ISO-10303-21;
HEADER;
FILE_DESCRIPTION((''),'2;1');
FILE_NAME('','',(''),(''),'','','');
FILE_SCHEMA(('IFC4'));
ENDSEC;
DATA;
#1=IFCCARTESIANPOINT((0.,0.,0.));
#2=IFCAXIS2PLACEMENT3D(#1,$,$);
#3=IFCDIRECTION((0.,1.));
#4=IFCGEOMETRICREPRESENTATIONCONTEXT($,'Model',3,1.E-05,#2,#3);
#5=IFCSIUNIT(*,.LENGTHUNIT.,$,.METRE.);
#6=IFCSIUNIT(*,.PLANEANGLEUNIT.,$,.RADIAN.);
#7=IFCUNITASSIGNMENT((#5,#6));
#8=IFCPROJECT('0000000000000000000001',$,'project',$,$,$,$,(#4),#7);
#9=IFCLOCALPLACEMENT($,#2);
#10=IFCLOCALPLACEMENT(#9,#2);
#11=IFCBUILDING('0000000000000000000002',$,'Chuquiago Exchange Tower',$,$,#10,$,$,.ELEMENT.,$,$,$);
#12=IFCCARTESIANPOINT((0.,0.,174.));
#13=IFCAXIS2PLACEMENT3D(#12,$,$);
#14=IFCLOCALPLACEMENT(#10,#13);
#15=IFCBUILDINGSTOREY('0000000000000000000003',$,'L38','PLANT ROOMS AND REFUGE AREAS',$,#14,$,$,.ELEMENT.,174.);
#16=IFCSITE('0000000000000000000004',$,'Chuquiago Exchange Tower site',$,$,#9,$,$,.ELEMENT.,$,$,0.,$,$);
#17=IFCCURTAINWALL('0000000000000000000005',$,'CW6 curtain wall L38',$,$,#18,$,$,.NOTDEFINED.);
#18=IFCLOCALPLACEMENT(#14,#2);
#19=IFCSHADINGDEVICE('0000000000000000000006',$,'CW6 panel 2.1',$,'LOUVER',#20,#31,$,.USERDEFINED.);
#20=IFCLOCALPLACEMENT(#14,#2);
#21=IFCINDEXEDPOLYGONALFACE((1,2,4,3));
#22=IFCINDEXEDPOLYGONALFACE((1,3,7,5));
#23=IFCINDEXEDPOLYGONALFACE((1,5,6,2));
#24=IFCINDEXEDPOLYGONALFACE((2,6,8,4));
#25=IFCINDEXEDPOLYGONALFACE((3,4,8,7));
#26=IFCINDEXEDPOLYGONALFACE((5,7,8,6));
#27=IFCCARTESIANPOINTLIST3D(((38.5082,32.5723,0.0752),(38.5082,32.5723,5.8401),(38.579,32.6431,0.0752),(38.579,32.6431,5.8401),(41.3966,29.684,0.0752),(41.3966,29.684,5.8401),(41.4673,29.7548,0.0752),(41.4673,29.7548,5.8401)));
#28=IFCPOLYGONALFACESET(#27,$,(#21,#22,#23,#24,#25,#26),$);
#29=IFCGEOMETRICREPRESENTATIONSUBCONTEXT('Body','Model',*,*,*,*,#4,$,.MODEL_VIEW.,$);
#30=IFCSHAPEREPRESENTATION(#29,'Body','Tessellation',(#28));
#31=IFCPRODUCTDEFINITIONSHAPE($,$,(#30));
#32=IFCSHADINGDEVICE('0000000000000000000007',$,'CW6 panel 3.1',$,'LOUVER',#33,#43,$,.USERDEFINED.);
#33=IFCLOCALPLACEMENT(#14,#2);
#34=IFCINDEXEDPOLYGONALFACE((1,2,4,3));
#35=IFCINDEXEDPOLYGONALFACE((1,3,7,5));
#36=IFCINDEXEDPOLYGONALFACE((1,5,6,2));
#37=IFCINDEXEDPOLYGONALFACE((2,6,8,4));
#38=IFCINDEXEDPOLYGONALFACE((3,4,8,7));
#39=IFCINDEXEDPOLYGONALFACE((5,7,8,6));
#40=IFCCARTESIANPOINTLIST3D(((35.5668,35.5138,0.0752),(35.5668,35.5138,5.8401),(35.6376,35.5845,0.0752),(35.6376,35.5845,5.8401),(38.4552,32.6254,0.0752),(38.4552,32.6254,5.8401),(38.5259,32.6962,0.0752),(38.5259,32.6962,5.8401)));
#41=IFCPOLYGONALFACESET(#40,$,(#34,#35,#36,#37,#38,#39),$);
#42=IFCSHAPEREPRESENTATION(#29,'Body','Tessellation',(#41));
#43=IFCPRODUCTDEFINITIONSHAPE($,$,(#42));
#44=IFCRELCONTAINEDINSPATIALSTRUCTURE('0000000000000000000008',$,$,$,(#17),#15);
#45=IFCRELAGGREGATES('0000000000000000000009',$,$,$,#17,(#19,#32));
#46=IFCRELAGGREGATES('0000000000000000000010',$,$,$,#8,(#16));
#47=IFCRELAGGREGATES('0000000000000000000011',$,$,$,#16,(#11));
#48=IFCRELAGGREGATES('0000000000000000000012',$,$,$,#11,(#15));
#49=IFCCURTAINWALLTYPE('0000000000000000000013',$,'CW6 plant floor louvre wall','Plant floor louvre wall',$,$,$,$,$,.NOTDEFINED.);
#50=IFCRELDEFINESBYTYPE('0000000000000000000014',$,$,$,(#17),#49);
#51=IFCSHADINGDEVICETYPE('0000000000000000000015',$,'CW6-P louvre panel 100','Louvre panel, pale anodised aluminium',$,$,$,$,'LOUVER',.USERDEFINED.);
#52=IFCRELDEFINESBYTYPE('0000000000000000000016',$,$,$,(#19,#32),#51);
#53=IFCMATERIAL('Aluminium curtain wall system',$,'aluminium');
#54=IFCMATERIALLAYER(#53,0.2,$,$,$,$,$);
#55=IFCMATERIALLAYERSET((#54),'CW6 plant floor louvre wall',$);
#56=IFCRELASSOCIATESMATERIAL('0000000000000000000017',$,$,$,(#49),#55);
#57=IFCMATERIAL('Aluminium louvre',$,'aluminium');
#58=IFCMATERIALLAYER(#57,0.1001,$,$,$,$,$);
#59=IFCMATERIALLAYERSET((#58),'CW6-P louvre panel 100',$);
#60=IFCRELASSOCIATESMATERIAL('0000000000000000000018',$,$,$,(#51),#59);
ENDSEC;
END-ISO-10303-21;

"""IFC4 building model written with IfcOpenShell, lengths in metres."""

from ifc_helpers import new_model, si_unit, direction, frame, origin, origin_2d, place, context, subcontext, project, spatial, rectangle, extrude, material, layer, layer_set, type_object, element, aggregate, save


model = new_model("IFC4")

# Units and contexts
model_context = context("Model", 3, precision=1e-05, world=origin(), true_north=direction((0.0, 1.0)))
body_context = subcontext(model_context, "Body", "Model", "MODEL_VIEW")
ifc_project = project(units=[si_unit("LENGTHUNIT", "METRE"), si_unit("PLANEANGLEUNIT", "RADIAN")], contexts=[model_context])

# Site, building, storey
site_placement = place(None, origin())
site = spatial("IfcSite", under=ifc_project, at=site_placement, Name="Chuquiago Exchange Tower site", CompositionType="ELEMENT", RefElevation=0.0)
building_placement = place(site_placement, origin())
building = spatial("IfcBuilding", under=site, at=building_placement, Name="Chuquiago Exchange Tower", CompositionType="ELEMENT")
storey_placement = place(building_placement, frame((0.0, 0.0, 174.0)))
storey = spatial("IfcBuildingStorey", under=building, at=storey_placement, Name="L38", Description="PLANT ROOMS AND REFUGE AREAS", CompositionType="ELEMENT", Elevation=174.0)

# Curtain wall
ifc_material_1 = material(Name="Aluminium curtain wall system", Category="aluminium")
ifc_layer_1 = layer(ifc_material_1, 0.2)
ifc_layer_set_1 = layer_set([ifc_layer_1], Name="CW6 plant floor louvre wall")
curtain_wall_type = type_object("IfcCurtainWallType", Name="CW6 plant floor louvre wall", Description="Plant floor louvre wall", PredefinedType="NOTDEFINED", material=ifc_layer_set_1)
curtain_wall_placement = place(storey_placement, origin())
curtain_wall = element("IfcCurtainWall", 1, at=curtain_wall_placement, inside=storey, type_object=curtain_wall_type, Name="CW6 curtain wall L38", PredefinedType="NOTDEFINED")

# Shading devices
ifc_material_2 = material(Name="Aluminium louvre", Category="aluminium")
ifc_layer_2 = layer(ifc_material_2, 0.1001)
ifc_layer_set_2 = layer_set([ifc_layer_2], Name="CW6-P louvre panel 100")
shading_device_type = type_object("IfcShadingDeviceType", Name="CW6-P louvre panel 100", Description="Louvre panel, pale anodised aluminium", ElementType="LOUVER", PredefinedType="USERDEFINED", material=ifc_layer_set_2)
shading_device_1_placement = place(storey_placement, frame((39.9878, 31.1636, 0.0752), z_axis=(0.0, 0.0, 1.0), x_axis=(-0.707107, 0.707107, 0.0)))
shading_device_1 = element("IfcShadingDevice", 2, at=shading_device_1_placement, type_object=shading_device_type, Name="CW6 panel 2.1", ObjectType="LOUVER", PredefinedType="USERDEFINED", context=body_context, shape_type="SweptSolid", body=[
    extrude(rectangle(XDim=4.0847, YDim=0.1001, at=origin_2d()), origin(), (0.0, 0.0, 1.0), 5.7649),
])
shading_device_2_placement = place(storey_placement, frame((37.0464, 34.105, 0.0752), z_axis=(0.0, 0.0, 1.0), x_axis=(-0.707107, 0.707107, 0.0)))
shading_device_2 = element("IfcShadingDevice", 3, at=shading_device_2_placement, type_object=shading_device_type, Name="CW6 panel 3.1", ObjectType="LOUVER", PredefinedType="USERDEFINED", context=body_context, shape_type="SweptSolid", body=[
    extrude(rectangle(XDim=4.0847, YDim=0.1001, at=origin_2d()), origin(), (0.0, 0.0, 1.0), 5.7649),
])
aggregate(curtain_wall, [shading_device_1, shading_device_2])

save(model, "model.ifc")
